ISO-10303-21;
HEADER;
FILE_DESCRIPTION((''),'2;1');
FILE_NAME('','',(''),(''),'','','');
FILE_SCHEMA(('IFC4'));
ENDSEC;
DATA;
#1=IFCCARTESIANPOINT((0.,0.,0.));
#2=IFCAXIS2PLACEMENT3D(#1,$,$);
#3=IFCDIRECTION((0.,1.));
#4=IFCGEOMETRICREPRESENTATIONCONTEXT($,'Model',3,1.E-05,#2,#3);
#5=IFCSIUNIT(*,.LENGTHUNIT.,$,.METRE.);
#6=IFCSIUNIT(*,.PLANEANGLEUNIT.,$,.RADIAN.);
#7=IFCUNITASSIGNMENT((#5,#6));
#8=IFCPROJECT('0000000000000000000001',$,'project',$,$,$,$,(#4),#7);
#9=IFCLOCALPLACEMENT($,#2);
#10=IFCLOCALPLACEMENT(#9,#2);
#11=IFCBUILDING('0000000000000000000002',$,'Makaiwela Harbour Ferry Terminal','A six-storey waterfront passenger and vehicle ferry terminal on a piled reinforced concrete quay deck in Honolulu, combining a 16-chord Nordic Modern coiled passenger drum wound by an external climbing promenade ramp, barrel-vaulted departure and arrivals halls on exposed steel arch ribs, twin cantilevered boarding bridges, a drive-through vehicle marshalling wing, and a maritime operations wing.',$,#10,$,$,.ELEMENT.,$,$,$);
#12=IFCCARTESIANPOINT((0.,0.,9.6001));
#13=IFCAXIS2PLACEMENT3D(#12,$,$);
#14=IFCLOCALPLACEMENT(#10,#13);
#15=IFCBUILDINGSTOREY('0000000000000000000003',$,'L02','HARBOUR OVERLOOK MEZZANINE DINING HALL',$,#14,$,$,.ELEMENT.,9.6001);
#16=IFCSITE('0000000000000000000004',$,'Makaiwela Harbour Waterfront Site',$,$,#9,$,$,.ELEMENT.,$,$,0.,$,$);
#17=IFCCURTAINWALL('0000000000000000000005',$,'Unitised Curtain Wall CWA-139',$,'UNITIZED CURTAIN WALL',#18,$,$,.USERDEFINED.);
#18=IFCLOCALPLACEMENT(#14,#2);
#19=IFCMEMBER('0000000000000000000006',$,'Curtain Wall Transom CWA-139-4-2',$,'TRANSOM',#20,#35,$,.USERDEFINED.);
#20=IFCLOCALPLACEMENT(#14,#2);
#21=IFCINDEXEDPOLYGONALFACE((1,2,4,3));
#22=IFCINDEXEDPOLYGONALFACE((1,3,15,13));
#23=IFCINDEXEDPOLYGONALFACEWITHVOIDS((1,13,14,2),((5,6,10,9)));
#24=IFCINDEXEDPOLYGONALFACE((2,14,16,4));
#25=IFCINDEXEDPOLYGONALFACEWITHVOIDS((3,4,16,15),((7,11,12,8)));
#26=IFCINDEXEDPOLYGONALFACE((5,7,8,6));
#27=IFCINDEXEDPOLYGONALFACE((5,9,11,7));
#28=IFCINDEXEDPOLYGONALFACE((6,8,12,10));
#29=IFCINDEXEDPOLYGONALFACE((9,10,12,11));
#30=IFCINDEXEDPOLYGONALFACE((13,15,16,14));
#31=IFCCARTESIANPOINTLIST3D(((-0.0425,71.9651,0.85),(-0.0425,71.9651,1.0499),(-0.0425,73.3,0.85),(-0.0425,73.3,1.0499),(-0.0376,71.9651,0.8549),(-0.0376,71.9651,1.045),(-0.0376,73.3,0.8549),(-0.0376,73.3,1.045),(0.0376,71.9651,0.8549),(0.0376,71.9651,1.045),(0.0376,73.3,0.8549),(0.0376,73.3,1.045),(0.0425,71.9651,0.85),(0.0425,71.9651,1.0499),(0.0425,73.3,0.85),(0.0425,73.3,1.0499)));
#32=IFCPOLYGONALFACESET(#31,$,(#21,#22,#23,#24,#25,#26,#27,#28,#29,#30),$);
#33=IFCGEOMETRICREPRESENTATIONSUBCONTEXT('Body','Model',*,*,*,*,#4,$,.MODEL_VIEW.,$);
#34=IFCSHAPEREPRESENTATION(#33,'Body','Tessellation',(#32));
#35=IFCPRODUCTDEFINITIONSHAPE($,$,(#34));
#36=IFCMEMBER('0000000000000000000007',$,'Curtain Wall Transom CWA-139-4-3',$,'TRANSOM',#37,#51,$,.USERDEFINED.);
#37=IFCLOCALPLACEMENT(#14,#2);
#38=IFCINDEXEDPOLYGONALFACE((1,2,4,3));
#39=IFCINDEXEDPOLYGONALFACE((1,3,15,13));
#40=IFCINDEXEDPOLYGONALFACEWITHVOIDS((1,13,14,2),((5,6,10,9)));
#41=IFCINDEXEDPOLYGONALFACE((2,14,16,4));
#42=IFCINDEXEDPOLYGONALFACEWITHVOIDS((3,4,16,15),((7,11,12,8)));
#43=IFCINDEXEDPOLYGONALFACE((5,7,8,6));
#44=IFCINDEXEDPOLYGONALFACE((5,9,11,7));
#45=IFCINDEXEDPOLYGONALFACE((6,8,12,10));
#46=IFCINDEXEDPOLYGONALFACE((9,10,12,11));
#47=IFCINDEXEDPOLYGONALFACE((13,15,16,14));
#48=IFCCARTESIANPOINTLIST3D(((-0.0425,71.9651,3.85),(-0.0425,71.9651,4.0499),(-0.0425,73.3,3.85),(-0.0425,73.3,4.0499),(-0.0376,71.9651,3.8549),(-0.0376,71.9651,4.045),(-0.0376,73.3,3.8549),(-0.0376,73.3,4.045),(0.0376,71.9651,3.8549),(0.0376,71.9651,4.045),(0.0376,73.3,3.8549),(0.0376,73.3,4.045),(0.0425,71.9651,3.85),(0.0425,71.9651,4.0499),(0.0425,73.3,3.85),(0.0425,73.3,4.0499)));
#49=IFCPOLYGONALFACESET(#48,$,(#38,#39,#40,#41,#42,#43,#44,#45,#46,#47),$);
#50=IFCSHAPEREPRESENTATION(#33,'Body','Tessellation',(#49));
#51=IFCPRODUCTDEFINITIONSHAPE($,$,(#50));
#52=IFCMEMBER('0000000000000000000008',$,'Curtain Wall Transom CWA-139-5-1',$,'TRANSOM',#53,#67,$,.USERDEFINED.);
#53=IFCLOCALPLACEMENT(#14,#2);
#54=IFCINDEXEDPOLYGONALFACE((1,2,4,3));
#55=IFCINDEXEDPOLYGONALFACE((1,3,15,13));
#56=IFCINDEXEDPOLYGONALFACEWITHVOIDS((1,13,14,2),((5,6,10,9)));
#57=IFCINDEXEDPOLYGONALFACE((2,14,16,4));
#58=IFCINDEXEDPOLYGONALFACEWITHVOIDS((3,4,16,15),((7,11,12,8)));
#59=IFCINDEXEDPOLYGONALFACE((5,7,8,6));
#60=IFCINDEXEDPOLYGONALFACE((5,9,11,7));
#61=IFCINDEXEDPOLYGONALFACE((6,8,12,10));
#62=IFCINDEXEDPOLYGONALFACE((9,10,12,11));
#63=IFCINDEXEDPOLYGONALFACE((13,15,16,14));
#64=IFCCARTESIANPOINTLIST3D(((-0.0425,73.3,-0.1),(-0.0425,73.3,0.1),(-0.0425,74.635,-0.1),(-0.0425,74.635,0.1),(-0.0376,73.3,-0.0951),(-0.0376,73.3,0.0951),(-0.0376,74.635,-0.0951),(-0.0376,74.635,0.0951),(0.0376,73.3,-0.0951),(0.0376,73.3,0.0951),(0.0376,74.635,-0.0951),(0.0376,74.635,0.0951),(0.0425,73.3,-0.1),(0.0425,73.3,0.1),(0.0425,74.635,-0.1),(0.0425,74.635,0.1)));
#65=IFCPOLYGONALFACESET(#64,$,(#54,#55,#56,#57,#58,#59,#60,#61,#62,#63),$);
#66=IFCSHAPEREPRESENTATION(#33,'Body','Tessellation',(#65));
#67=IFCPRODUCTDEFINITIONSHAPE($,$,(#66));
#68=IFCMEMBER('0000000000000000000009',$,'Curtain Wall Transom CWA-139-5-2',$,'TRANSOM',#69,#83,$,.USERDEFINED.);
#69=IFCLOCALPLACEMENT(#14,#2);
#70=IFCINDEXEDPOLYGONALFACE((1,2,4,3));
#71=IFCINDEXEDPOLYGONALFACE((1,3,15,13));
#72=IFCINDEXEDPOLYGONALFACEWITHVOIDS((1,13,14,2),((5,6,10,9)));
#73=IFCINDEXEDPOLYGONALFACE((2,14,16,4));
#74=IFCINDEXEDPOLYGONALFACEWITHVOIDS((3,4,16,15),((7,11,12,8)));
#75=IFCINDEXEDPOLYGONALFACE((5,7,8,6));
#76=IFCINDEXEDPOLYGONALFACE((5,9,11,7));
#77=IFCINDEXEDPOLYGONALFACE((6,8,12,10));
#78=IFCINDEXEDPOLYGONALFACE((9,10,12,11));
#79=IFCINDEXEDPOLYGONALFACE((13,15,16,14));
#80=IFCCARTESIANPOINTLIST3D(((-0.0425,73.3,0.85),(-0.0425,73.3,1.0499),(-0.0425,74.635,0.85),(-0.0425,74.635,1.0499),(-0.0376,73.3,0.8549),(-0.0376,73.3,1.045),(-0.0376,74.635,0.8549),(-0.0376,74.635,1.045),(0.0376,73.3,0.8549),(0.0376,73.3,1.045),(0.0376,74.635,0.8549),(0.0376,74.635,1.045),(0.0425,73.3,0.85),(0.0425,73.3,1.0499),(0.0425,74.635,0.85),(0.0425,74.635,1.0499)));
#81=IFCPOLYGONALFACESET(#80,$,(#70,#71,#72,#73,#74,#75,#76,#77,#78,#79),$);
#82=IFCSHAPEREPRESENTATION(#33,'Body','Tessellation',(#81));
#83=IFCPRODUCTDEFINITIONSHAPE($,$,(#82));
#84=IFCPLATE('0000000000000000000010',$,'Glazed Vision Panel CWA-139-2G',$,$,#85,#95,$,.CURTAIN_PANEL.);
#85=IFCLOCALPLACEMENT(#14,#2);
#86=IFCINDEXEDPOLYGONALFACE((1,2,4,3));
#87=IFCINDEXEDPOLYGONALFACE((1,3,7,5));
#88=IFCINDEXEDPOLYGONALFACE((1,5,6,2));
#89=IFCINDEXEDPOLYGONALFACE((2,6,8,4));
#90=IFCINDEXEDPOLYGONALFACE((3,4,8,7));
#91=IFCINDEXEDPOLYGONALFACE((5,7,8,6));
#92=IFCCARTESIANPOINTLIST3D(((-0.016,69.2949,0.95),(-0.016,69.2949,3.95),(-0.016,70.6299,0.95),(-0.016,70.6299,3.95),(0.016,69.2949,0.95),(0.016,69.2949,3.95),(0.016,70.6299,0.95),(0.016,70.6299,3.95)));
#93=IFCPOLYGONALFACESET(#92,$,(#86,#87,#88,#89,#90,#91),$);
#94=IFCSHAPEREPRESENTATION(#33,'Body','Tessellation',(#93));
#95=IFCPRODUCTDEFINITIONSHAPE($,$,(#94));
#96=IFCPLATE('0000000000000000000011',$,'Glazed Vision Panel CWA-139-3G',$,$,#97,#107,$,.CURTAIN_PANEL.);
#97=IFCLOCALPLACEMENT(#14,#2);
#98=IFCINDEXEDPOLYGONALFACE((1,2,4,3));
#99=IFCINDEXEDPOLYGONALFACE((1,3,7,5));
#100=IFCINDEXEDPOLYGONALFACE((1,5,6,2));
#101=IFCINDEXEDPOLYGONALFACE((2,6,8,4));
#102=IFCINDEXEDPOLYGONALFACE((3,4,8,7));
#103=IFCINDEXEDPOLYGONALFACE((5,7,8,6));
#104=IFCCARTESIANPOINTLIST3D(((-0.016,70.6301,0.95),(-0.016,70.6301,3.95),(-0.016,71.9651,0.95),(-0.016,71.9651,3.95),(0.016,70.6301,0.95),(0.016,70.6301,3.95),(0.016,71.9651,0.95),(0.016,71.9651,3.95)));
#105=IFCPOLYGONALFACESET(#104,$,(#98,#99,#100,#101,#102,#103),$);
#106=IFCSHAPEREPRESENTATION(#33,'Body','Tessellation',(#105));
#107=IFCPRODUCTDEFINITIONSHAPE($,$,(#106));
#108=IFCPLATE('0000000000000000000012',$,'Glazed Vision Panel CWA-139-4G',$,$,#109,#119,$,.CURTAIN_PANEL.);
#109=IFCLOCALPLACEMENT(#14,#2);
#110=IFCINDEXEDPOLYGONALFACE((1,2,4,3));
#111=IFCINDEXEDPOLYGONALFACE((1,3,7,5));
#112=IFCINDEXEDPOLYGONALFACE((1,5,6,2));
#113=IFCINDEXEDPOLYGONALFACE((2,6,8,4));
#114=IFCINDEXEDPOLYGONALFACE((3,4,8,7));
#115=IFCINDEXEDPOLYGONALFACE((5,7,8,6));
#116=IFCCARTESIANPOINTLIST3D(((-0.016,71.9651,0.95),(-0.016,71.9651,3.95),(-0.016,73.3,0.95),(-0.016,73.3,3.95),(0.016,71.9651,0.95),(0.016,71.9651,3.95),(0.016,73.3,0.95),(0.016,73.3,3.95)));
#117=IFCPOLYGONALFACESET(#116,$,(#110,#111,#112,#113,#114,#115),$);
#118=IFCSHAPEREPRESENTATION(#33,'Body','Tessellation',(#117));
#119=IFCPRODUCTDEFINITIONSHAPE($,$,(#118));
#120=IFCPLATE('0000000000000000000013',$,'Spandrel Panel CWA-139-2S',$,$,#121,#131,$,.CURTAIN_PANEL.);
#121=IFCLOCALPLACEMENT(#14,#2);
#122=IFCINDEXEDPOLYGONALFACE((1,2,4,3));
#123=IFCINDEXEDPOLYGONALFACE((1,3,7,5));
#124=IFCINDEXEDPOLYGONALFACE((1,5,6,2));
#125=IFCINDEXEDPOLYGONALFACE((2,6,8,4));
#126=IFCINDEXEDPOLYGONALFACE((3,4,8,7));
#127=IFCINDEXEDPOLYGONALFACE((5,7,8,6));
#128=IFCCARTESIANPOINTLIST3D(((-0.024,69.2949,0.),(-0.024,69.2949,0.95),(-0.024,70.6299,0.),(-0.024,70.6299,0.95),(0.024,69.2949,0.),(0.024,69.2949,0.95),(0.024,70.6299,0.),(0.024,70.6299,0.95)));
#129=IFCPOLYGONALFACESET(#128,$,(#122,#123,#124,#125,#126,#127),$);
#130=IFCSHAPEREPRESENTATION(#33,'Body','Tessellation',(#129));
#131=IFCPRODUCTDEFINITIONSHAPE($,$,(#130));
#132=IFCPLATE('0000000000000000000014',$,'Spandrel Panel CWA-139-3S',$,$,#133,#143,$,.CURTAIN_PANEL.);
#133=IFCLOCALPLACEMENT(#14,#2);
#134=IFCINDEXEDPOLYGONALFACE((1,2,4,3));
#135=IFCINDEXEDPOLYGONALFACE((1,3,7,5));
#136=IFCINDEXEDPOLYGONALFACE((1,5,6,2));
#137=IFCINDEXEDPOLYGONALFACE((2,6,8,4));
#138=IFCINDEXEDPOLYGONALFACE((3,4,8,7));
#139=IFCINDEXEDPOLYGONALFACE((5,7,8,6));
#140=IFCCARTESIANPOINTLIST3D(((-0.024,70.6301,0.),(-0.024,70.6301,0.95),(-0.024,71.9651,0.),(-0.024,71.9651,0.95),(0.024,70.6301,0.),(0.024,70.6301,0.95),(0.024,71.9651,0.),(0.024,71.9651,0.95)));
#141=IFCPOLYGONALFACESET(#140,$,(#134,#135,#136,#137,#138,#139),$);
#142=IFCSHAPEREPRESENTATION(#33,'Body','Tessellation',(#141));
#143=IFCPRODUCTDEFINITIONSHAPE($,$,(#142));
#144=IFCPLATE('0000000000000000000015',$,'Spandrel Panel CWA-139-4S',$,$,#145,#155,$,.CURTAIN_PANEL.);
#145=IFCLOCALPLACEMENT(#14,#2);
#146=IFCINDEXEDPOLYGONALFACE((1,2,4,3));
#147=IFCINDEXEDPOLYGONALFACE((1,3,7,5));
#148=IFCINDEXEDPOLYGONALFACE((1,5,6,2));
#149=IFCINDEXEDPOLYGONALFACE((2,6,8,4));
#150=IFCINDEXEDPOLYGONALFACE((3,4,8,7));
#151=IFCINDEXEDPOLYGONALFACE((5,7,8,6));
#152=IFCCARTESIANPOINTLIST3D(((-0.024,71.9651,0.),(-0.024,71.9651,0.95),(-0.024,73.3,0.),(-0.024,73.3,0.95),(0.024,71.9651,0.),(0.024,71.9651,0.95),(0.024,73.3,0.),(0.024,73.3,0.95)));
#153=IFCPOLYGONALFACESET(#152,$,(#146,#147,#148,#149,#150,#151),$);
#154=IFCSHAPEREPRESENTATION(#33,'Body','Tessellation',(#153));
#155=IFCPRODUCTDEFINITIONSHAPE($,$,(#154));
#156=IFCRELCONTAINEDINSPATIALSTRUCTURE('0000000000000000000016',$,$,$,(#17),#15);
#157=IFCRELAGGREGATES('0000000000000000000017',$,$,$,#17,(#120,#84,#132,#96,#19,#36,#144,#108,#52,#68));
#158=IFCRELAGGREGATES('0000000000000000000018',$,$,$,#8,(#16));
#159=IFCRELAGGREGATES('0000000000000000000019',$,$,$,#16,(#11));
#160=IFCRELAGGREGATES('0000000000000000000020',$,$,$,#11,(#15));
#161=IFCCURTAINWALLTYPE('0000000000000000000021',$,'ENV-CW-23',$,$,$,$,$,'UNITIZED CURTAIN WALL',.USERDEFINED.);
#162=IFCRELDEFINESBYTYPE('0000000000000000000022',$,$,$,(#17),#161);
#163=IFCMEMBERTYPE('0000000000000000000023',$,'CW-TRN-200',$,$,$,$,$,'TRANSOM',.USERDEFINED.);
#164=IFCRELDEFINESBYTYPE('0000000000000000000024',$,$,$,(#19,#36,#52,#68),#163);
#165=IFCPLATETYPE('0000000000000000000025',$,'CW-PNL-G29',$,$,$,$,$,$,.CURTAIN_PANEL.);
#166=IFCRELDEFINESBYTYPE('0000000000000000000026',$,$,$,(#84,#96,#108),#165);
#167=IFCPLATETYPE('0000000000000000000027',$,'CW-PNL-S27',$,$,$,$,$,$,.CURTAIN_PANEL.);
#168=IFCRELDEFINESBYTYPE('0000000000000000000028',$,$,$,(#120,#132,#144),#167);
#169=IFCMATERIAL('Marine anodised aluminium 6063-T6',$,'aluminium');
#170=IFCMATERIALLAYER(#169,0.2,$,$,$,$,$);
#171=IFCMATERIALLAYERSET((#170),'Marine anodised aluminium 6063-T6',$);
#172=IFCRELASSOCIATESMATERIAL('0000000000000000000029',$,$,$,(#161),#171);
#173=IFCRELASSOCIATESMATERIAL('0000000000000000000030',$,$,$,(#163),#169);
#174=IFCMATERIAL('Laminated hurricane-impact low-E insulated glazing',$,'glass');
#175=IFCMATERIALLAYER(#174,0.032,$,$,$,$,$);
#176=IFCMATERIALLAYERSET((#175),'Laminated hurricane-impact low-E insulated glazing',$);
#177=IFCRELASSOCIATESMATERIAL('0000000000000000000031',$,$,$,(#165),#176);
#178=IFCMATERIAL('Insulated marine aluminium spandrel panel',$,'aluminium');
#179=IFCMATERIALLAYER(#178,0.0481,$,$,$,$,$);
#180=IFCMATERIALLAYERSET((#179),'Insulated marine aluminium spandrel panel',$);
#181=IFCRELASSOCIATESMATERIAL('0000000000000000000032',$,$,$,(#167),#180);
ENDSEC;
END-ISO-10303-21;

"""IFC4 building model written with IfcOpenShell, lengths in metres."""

from ifc_helpers import new_model, si_unit, direction, frame, origin, origin_2d, place, context, subcontext, project, spatial, rectangle, hollow_rectangle, extrude, material, layer, layer_set, material_profile, profile_set, type_object, element, aggregate, save


model = new_model("IFC4")

# Units and contexts
model_context = context("Model", 3, precision=1e-05, world=origin(), true_north=direction((0.0, 1.0)))
body_context = subcontext(model_context, "Body", "Model", "MODEL_VIEW")
ifc_project = project(units=[si_unit("LENGTHUNIT", "METRE"), si_unit("PLANEANGLEUNIT", "RADIAN")], contexts=[model_context])

# Site, building, storey
site_placement = place(None, origin())
site = spatial("IfcSite", under=ifc_project, at=site_placement, Name="Makaiwela Harbour Waterfront Site", CompositionType="ELEMENT", RefElevation=0.0)
building_placement = place(site_placement, origin())
building = spatial("IfcBuilding", under=site, at=building_placement, Name="Makaiwela Harbour Ferry Terminal", Description="A six-storey waterfront passenger and vehicle ferry terminal on a piled reinforced concrete quay deck in Honolulu, combining a 16-chord Nordic Modern coiled passenger drum wound by an external climbing promenade ramp, barrel-vaulted departure and arrivals halls on exposed steel arch ribs, twin cantilevered boarding bridges, a drive-through vehicle marshalling wing, and a maritime operations wing.", CompositionType="ELEMENT")
storey_placement = place(building_placement, frame((0.0, 0.0, 9.6001)))
storey = spatial("IfcBuildingStorey", under=building, at=storey_placement, Name="L02", Description="HARBOUR OVERLOOK MEZZANINE DINING HALL", CompositionType="ELEMENT", Elevation=9.6001)

# Curtain wall, members, plates
ifc_material_1 = material(Name="Marine anodised aluminium 6063-T6", Category="aluminium")
ifc_layer_1 = layer(ifc_material_1, 0.2)
ifc_layer_set_1 = layer_set([ifc_layer_1], Name="Marine anodised aluminium 6063-T6")
curtain_wall_type = type_object("IfcCurtainWallType", Name="ENV-CW-23", ElementType="UNITIZED CURTAIN WALL", PredefinedType="USERDEFINED", material=ifc_layer_set_1)
curtain_wall_placement = place(storey_placement, origin())
curtain_wall = element("IfcCurtainWall", 1, at=curtain_wall_placement, inside=storey, type_object=curtain_wall_type, Name="Unitised Curtain Wall CWA-139", ObjectType="UNITIZED CURTAIN WALL", PredefinedType="USERDEFINED")
ifc_material_profile_1 = material_profile(ifc_material_1, hollow_rectangle(XDim=0.085, YDim=0.2, WallThickness=0.0049, at=origin_2d()), Name="CWT-200X85")
ifc_profile_set_1 = profile_set([ifc_material_profile_1], Name="Marine anodised aluminium 6063-T6")
member_type_1 = type_object("IfcMemberType", Name="CW-TRN-200", ElementType="TRANSOM", PredefinedType="USERDEFINED", material=ifc_profile_set_1)
member_1_placement = place(storey_placement, frame((0.0, 71.9651, 0.95), z_axis=(0.0, 1.0, 0.0), x_axis=(-1.0, 0.0, 0.0)))
member_1 = element("IfcMember", 2, at=member_1_placement, type_object=member_type_1, Name="Curtain Wall Transom CWA-139-4-2", ObjectType="TRANSOM", PredefinedType="USERDEFINED", context=body_context, shape_type="SweptSolid", body=[
    extrude(hollow_rectangle(XDim=0.085, YDim=0.2, WallThickness=0.0049, at=origin_2d()), origin(), (0.0, 0.0, 1.0), 1.335),
])
member_2_placement = place(storey_placement, frame((0.0, 71.9651, 3.95), z_axis=(0.0, 1.0, 0.0), x_axis=(-1.0, 0.0, 0.0)))
member_2 = element("IfcMember", 3, at=member_2_placement, type_object=member_type_1, Name="Curtain Wall Transom CWA-139-4-3", ObjectType="TRANSOM", PredefinedType="USERDEFINED", context=body_context, shape_type="SweptSolid", body=[
    extrude(hollow_rectangle(XDim=0.085, YDim=0.2, WallThickness=0.0049, at=origin_2d()), origin(), (0.0, 0.0, 1.0), 1.335),
])
member_3_placement = place(storey_placement, frame((0.0, 73.3, 0.0), z_axis=(0.0, 1.0, 0.0), x_axis=(-1.0, 0.0, 0.0)))
member_3 = element("IfcMember", 4, at=member_3_placement, type_object=member_type_1, Name="Curtain Wall Transom CWA-139-5-1", ObjectType="TRANSOM", PredefinedType="USERDEFINED", context=body_context, shape_type="SweptSolid", body=[
    extrude(hollow_rectangle(XDim=0.085, YDim=0.2, WallThickness=0.0049, at=origin_2d()), origin(), (0.0, 0.0, 1.0), 1.335),
])
member_4_placement = place(storey_placement, frame((0.0, 73.3, 0.95), z_axis=(0.0, 1.0, 0.0), x_axis=(-1.0, 0.0, 0.0)))
member_4 = element("IfcMember", 5, at=member_4_placement, type_object=member_type_1, Name="Curtain Wall Transom CWA-139-5-2", ObjectType="TRANSOM", PredefinedType="USERDEFINED", context=body_context, shape_type="SweptSolid", body=[
    extrude(hollow_rectangle(XDim=0.085, YDim=0.2, WallThickness=0.0049, at=origin_2d()), origin(), (0.0, 0.0, 1.0), 1.335),
])
ifc_material_2 = material(Name="Laminated hurricane-impact low-E insulated glazing", Category="glass")
ifc_layer_2 = layer(ifc_material_2, 0.032)
ifc_layer_set_2 = layer_set([ifc_layer_2], Name="Laminated hurricane-impact low-E insulated glazing")
plate_type_1 = type_object("IfcPlateType", Name="CW-PNL-G29", PredefinedType="CURTAIN_PANEL", material=ifc_layer_set_2)
plate_1_placement = place(storey_placement, frame((0.0, 69.9624, 0.95), z_axis=(0.0, 0.0, 1.0), x_axis=(0.0, 1.0, 0.0)))
plate_1 = element("IfcPlate", 6, at=plate_1_placement, type_object=plate_type_1, Name="Glazed Vision Panel CWA-139-2G", PredefinedType="CURTAIN_PANEL", context=body_context, shape_type="SweptSolid", body=[
    extrude(rectangle(XDim=1.335, YDim=0.032, at=origin_2d()), origin(), (0.0, 0.0, 1.0), 3.0),
])
plate_2_placement = place(storey_placement, frame((0.0, 71.2976, 0.95), z_axis=(0.0, 0.0, 1.0), x_axis=(0.0, 1.0, 0.0)))
plate_2 = element("IfcPlate", 7, at=plate_2_placement, type_object=plate_type_1, Name="Glazed Vision Panel CWA-139-3G", PredefinedType="CURTAIN_PANEL", context=body_context, shape_type="SweptSolid", body=[
    extrude(rectangle(XDim=1.335, YDim=0.032, at=origin_2d()), origin(), (0.0, 0.0, 1.0), 3.0),
])
plate_3_placement = place(storey_placement, frame((0.0, 72.6326, 0.95), z_axis=(0.0, 0.0, 1.0), x_axis=(0.0, 1.0, 0.0)))
plate_3 = element("IfcPlate", 8, at=plate_3_placement, type_object=plate_type_1, Name="Glazed Vision Panel CWA-139-4G", PredefinedType="CURTAIN_PANEL", context=body_context, shape_type="SweptSolid", body=[
    extrude(rectangle(XDim=1.335, YDim=0.032, at=origin_2d()), origin(), (0.0, 0.0, 1.0), 3.0),
])
ifc_material_3 = material(Name="Insulated marine aluminium spandrel panel", Category="aluminium")
ifc_layer_3 = layer(ifc_material_3, 0.0481)
ifc_layer_set_3 = layer_set([ifc_layer_3], Name="Insulated marine aluminium spandrel panel")
plate_type_2 = type_object("IfcPlateType", Name="CW-PNL-S27", PredefinedType="CURTAIN_PANEL", material=ifc_layer_set_3)
plate_4_placement = place(storey_placement, frame((0.0, 69.9624, 0.0), z_axis=(0.0, 0.0, 1.0), x_axis=(0.0, 1.0, 0.0)))
plate_4 = element("IfcPlate", 9, at=plate_4_placement, type_object=plate_type_2, Name="Spandrel Panel CWA-139-2S", PredefinedType="CURTAIN_PANEL", context=body_context, shape_type="SweptSolid", body=[
    extrude(rectangle(XDim=1.335, YDim=0.0481, at=origin_2d()), origin(), (0.0, 0.0, 1.0), 0.95),
])
plate_5_placement = place(storey_placement, frame((0.0, 71.2976, 0.0), z_axis=(0.0, 0.0, 1.0), x_axis=(0.0, 1.0, 0.0)))
plate_5 = element("IfcPlate", 10, at=plate_5_placement, type_object=plate_type_2, Name="Spandrel Panel CWA-139-3S", PredefinedType="CURTAIN_PANEL", context=body_context, shape_type="SweptSolid", body=[
    extrude(rectangle(XDim=1.335, YDim=0.0481, at=origin_2d()), origin(), (0.0, 0.0, 1.0), 0.95),
])
plate_6_placement = place(storey_placement, frame((0.0, 72.6326, 0.0), z_axis=(0.0, 0.0, 1.0), x_axis=(0.0, 1.0, 0.0)))
plate_6 = element("IfcPlate", 11, at=plate_6_placement, type_object=plate_type_2, Name="Spandrel Panel CWA-139-4S", PredefinedType="CURTAIN_PANEL", context=body_context, shape_type="SweptSolid", body=[
    extrude(rectangle(XDim=1.335, YDim=0.0481, at=origin_2d()), origin(), (0.0, 0.0, 1.0), 0.95),
])
aggregate(curtain_wall, [plate_4, plate_1, plate_5, plate_2, member_1, member_2, plate_6, plate_3, member_3, member_4])

save(model, "model.ifc")
